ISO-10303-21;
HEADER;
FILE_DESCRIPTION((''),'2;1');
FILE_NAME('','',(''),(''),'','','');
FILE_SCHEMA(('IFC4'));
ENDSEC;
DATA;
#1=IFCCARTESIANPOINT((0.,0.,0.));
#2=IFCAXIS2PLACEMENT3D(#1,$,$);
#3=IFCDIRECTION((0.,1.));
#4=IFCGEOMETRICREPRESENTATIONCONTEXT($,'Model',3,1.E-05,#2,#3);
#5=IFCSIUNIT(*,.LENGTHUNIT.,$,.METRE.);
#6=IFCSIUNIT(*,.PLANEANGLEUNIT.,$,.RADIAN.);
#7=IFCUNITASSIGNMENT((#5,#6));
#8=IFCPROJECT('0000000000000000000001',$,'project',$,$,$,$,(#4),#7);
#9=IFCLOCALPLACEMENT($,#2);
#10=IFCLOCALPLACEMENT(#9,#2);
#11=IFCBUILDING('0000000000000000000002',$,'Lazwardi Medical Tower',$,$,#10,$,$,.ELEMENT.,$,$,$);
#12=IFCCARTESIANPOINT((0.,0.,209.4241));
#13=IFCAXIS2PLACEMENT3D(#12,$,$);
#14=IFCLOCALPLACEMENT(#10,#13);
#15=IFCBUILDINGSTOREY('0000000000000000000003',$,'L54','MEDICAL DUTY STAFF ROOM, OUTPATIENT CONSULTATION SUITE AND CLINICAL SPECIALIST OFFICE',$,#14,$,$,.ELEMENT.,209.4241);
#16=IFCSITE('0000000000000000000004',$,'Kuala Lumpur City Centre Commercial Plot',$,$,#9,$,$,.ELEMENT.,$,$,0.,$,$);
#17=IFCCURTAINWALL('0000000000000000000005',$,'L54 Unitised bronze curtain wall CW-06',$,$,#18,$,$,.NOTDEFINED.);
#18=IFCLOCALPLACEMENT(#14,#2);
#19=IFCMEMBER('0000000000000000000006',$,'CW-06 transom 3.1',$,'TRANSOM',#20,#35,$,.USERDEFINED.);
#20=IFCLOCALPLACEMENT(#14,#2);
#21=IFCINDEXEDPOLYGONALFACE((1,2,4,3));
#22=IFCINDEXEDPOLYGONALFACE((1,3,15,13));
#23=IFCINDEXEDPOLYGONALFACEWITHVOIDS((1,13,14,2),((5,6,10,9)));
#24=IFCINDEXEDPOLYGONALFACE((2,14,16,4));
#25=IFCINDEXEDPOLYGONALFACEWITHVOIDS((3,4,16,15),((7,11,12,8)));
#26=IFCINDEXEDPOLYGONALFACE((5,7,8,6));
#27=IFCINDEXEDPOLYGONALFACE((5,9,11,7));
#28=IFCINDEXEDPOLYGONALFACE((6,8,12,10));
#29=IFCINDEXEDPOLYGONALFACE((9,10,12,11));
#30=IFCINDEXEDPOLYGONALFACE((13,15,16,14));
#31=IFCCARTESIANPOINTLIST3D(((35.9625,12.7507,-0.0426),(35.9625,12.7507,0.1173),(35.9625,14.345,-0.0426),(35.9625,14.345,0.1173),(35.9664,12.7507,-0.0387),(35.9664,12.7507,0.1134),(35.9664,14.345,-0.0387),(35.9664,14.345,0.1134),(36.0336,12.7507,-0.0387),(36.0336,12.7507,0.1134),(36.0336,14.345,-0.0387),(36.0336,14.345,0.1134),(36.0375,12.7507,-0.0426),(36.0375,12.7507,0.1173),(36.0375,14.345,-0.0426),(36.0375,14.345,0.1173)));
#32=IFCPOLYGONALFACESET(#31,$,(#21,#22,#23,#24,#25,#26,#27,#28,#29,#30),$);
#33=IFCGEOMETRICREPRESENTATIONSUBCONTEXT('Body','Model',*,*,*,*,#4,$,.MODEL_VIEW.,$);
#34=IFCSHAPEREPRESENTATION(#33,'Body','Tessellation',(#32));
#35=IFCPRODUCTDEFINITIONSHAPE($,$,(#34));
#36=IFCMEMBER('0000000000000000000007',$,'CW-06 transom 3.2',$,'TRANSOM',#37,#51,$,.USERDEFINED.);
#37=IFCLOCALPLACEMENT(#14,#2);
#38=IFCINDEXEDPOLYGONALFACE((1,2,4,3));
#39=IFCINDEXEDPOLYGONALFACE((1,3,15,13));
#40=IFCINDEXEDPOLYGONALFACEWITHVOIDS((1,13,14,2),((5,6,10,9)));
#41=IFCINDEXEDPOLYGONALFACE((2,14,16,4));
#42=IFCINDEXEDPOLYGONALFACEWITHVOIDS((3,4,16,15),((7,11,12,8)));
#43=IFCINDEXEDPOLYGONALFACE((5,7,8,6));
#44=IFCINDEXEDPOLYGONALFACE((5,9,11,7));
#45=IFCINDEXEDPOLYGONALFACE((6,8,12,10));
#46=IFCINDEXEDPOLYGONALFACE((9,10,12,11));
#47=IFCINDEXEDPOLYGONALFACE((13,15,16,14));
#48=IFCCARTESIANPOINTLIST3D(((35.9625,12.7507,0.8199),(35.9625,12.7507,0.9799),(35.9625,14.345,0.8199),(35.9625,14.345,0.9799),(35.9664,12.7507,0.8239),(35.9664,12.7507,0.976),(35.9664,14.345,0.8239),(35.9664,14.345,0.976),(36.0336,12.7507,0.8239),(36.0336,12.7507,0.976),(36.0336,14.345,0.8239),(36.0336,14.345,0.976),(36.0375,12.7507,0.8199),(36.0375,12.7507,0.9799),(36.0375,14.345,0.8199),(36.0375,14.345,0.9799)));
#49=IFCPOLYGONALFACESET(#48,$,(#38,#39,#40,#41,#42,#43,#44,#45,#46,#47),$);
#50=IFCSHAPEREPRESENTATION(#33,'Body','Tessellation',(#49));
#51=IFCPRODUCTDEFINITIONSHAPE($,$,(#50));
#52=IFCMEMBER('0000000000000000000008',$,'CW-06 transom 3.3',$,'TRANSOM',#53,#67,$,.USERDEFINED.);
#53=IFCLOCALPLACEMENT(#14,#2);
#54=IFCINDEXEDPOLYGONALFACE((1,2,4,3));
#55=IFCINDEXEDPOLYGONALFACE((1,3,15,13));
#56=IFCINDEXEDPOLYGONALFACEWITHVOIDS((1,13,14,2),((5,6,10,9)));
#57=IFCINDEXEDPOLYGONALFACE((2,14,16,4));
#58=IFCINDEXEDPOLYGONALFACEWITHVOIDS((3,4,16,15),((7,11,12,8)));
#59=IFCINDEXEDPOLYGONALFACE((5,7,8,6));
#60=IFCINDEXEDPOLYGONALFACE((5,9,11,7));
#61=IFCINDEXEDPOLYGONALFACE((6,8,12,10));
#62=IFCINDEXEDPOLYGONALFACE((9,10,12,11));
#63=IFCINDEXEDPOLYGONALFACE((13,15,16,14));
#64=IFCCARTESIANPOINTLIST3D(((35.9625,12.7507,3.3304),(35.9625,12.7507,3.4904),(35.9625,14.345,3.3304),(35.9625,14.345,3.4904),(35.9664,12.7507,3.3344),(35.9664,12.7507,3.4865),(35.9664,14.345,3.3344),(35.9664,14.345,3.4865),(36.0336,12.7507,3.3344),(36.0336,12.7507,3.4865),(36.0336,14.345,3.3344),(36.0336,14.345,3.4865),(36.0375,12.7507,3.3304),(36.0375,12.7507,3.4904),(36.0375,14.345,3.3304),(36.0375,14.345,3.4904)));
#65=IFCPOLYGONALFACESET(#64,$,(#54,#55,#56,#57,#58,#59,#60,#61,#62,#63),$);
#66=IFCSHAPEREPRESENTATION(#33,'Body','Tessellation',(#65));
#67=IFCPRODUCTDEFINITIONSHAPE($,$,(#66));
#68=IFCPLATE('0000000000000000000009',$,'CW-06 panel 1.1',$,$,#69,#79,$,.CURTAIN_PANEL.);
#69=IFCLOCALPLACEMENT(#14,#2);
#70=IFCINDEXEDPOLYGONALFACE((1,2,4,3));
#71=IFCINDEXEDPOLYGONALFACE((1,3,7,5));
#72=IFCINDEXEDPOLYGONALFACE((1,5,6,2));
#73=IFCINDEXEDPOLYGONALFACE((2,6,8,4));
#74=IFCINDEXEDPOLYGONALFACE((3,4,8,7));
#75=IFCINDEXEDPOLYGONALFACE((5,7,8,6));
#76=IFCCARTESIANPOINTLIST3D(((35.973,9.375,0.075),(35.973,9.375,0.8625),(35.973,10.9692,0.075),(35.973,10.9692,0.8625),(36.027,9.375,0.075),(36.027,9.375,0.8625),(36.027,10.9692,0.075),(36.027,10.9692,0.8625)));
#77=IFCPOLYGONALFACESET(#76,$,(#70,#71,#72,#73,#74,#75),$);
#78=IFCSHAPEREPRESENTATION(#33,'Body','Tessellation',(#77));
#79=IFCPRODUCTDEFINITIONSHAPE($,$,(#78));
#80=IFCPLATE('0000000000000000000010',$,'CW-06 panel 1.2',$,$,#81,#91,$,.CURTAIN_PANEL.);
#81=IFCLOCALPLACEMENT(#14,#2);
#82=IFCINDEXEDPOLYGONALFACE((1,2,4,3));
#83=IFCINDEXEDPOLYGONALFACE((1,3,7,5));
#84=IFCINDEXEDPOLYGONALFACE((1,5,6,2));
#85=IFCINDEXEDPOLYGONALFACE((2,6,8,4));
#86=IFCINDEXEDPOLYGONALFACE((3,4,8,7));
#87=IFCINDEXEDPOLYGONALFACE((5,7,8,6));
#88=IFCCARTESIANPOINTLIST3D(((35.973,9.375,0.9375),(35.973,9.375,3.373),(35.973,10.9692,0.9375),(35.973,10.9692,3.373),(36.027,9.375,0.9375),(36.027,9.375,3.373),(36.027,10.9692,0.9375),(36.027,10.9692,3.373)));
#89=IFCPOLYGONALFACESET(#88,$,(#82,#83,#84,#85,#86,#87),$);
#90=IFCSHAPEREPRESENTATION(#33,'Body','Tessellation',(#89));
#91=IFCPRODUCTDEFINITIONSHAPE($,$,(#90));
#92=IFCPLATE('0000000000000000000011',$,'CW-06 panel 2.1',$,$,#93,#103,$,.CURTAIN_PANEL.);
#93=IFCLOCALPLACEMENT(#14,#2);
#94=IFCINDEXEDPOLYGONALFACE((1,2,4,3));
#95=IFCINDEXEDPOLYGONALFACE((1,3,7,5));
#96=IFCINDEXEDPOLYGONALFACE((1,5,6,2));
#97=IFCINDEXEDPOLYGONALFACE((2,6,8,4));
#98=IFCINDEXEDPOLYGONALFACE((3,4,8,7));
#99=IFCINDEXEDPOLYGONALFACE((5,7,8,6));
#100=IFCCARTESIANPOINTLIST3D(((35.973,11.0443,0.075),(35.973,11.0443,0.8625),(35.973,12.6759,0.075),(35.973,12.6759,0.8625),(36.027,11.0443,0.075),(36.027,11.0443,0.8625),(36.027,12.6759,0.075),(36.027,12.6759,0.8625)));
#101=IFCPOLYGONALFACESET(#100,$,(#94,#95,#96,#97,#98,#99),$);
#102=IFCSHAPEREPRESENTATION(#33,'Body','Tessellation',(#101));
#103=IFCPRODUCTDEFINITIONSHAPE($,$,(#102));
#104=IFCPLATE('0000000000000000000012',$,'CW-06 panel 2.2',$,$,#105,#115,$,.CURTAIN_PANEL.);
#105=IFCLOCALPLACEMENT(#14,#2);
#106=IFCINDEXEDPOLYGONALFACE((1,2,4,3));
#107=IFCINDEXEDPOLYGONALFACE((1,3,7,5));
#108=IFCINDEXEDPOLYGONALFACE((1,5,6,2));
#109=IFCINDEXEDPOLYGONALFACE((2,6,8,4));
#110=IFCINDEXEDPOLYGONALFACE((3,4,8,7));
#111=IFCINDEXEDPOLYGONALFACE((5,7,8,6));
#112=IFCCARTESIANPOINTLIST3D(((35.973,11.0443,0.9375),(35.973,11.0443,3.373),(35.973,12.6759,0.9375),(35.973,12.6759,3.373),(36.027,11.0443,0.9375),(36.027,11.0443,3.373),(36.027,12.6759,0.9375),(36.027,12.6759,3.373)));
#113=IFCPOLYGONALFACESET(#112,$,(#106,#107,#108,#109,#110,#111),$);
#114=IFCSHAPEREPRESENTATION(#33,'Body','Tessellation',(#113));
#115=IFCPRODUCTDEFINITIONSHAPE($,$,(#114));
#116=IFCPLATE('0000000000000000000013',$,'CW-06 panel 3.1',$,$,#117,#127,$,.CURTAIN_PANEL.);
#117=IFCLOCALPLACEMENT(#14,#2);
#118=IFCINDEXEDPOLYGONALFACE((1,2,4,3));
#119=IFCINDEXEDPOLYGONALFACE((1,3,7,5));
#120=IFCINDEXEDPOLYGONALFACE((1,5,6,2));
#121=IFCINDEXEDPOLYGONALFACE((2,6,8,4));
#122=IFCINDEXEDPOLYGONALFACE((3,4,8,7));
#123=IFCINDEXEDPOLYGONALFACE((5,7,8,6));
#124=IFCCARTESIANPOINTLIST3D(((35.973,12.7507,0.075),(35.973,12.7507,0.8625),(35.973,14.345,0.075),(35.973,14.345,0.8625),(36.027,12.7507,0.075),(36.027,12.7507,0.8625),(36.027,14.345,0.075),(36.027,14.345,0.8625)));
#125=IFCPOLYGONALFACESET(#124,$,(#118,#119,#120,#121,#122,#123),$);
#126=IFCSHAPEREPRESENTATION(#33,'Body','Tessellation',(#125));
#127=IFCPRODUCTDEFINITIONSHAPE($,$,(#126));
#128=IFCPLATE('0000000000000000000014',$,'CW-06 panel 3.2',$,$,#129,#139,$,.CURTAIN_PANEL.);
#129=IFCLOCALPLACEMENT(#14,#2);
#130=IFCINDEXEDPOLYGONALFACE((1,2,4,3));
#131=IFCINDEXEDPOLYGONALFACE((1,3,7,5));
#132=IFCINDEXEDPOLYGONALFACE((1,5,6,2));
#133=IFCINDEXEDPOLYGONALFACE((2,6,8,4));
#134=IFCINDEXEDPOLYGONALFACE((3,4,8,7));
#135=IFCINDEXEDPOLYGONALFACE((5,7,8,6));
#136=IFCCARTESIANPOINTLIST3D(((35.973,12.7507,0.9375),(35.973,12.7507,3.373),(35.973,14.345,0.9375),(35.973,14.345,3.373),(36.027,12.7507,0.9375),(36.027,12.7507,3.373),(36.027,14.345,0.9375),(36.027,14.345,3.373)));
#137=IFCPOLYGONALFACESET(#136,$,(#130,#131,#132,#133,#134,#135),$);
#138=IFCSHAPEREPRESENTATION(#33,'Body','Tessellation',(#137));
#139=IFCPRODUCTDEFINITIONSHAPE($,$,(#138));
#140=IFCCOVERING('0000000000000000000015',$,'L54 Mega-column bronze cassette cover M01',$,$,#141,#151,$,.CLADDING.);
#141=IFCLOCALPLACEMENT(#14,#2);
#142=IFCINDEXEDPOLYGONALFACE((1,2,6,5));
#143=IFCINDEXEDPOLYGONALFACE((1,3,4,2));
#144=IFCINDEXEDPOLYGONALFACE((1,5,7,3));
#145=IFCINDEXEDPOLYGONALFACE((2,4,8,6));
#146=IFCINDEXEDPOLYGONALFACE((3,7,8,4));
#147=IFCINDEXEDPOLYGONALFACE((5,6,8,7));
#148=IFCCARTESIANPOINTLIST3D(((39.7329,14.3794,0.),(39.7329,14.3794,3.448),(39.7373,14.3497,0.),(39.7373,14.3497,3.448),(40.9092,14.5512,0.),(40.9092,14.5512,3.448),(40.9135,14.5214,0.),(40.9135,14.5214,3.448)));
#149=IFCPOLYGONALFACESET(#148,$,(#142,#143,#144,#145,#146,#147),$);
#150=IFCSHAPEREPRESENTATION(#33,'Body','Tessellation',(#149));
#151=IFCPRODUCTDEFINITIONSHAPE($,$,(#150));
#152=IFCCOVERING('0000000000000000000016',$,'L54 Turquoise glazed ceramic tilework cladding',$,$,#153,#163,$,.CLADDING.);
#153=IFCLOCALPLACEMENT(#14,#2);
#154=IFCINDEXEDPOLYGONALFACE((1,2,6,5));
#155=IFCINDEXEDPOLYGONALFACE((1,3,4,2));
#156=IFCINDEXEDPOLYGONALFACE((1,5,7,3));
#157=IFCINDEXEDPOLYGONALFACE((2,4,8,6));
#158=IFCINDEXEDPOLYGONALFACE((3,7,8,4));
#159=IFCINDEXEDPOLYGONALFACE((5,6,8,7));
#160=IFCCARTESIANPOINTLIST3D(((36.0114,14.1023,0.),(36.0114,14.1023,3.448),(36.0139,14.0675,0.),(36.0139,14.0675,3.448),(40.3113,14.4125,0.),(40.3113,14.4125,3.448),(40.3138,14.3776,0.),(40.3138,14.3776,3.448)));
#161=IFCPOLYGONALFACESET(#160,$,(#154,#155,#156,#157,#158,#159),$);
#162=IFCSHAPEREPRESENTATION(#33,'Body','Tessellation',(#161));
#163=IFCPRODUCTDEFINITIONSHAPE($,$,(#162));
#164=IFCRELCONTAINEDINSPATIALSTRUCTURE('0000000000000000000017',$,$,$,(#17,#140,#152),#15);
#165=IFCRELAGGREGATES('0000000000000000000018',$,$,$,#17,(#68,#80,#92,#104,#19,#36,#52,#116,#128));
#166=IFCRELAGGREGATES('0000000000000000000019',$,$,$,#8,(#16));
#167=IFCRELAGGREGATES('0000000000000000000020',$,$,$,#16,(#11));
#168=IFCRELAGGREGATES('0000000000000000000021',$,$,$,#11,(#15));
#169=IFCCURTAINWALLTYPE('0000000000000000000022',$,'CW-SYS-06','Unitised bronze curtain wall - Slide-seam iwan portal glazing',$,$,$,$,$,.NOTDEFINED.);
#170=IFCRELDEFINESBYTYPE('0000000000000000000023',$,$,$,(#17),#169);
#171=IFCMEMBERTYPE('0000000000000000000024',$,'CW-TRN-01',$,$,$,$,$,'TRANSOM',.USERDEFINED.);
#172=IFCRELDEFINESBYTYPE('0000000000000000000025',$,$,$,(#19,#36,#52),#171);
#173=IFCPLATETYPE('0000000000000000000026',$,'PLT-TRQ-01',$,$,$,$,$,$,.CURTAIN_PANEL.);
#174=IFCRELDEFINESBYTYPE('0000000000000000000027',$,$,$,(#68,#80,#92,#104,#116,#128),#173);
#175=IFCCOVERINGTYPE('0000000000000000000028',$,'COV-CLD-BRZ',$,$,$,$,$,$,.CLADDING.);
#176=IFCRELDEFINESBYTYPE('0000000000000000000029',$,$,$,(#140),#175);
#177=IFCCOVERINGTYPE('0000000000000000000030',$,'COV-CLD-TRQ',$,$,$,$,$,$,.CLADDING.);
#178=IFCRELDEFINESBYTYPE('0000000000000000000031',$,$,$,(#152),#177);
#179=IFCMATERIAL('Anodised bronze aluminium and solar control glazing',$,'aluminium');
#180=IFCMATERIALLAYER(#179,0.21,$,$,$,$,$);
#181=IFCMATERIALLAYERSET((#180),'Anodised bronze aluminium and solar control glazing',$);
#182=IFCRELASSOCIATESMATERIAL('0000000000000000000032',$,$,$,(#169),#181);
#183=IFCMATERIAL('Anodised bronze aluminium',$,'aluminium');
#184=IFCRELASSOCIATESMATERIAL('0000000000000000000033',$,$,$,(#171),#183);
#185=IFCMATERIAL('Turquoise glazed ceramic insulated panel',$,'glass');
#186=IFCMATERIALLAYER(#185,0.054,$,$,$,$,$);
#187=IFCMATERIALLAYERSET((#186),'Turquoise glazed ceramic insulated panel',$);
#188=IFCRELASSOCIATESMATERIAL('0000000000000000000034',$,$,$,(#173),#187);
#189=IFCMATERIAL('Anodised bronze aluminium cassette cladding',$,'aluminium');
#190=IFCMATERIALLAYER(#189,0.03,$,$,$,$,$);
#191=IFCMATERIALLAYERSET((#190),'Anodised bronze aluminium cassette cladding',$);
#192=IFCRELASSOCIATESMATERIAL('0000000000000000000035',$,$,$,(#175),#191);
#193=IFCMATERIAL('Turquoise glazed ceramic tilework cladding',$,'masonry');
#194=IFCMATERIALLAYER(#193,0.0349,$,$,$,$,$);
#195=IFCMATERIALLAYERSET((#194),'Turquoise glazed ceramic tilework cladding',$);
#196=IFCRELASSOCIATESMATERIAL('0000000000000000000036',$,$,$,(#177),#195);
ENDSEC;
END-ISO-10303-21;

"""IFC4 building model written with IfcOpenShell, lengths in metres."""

from ifc_helpers import new_model, si_unit, direction, frame, origin, origin_2d, place, context, subcontext, project, spatial, rectangle, hollow_rectangle, extrude, material, layer, layer_set, material_profile, profile_set, type_object, element, aggregate, save


model = new_model("IFC4")

# Units and contexts
model_context = context("Model", 3, precision=1e-05, world=origin(), true_north=direction((0.0, 1.0)))
body_context = subcontext(model_context, "Body", "Model", "MODEL_VIEW")
ifc_project = project(units=[si_unit("LENGTHUNIT", "METRE"), si_unit("PLANEANGLEUNIT", "RADIAN")], contexts=[model_context])

# Site, building, storey
site_placement = place(None, origin())
site = spatial("IfcSite", under=ifc_project, at=site_placement, Name="Kuala Lumpur City Centre Commercial Plot", CompositionType="ELEMENT", RefElevation=0.0)
building_placement = place(site_placement, origin())
building = spatial("IfcBuilding", under=site, at=building_placement, Name="Lazwardi Medical Tower", CompositionType="ELEMENT")
storey_placement = place(building_placement, frame((0.0, 0.0, 209.4241)))
storey = spatial("IfcBuildingStorey", under=building, at=storey_placement, Name="L54", Description="MEDICAL DUTY STAFF ROOM, OUTPATIENT CONSULTATION SUITE AND CLINICAL SPECIALIST OFFICE", CompositionType="ELEMENT", Elevation=209.4241)

# Curtain wall
ifc_material_1 = material(Name="Anodised bronze aluminium and solar control glazing", Category="aluminium")
ifc_layer_1 = layer(ifc_material_1, 0.21)
ifc_layer_set_1 = layer_set([ifc_layer_1], Name="Anodised bronze aluminium and solar control glazing")
curtain_wall_type_1 = type_object("IfcCurtainWallType", Name="CW-SYS-06", Description="Unitised bronze curtain wall - Slide-seam iwan portal glazing", PredefinedType="NOTDEFINED", material=ifc_layer_set_1)
curtain_wall_1_placement = place(storey_placement, origin())
curtain_wall_1 = element("IfcCurtainWall", 1, at=curtain_wall_1_placement, inside=storey, type_object=curtain_wall_type_1, Name="L54 Unitised bronze curtain wall CW-06", PredefinedType="NOTDEFINED")
ifc_material_2 = material(Name="Anodised bronze aluminium", Category="aluminium")

# Members
ifc_material_profile_1 = material_profile(ifc_material_2, hollow_rectangle(XDim=0.075, YDim=0.1599, WallThickness=0.0039, at=origin_2d()), Name="ALU-TRANSOM 160x75x4")
ifc_profile_set_1 = profile_set([ifc_material_profile_1], Name="Anodised bronze aluminium")
member_type_1 = type_object("IfcMemberType", Name="CW-TRN-01", ElementType="TRANSOM", PredefinedType="USERDEFINED", material=ifc_profile_set_1)
member_1_placement = place(storey_placement, frame((36.0, 12.7507, 0.0374), z_axis=(0.0, 1.0, 0.0), x_axis=(-1.0, 0.0, 0.0)))
member_1 = element("IfcMember", 2, at=member_1_placement, type_object=member_type_1, Name="CW-06 transom 3.1", ObjectType="TRANSOM", PredefinedType="USERDEFINED", context=body_context, shape_type="SweptSolid", body=[
    extrude(hollow_rectangle(XDim=0.075, YDim=0.1599, WallThickness=0.0039, at=origin_2d()), origin(), (0.0, 0.0, 1.0), 1.5942),
])
member_2_placement = place(storey_placement, frame((36.0, 12.7507, 0.8999), z_axis=(0.0, 1.0, 0.0), x_axis=(-1.0, 0.0, 0.0)))
member_2 = element("IfcMember", 3, at=member_2_placement, type_object=member_type_1, Name="CW-06 transom 3.2", ObjectType="TRANSOM", PredefinedType="USERDEFINED", context=body_context, shape_type="SweptSolid", body=[
    extrude(hollow_rectangle(XDim=0.075, YDim=0.1599, WallThickness=0.0039, at=origin_2d()), origin(), (0.0, 0.0, 1.0), 1.5942),
])
member_3_placement = place(storey_placement, frame((36.0, 12.7507, 3.4104), z_axis=(0.0, 1.0, 0.0), x_axis=(-1.0, 0.0, 0.0)))
member_3 = element("IfcMember", 4, at=member_3_placement, type_object=member_type_1, Name="CW-06 transom 3.3", ObjectType="TRANSOM", PredefinedType="USERDEFINED", context=body_context, shape_type="SweptSolid", body=[
    extrude(hollow_rectangle(XDim=0.075, YDim=0.1599, WallThickness=0.0039, at=origin_2d()), origin(), (0.0, 0.0, 1.0), 1.5942),
])

# Plates
ifc_material_3 = material(Name="Turquoise glazed ceramic insulated panel", Category="glass")
ifc_layer_2 = layer(ifc_material_3, 0.054)
ifc_layer_set_2 = layer_set([ifc_layer_2], Name="Turquoise glazed ceramic insulated panel")
plate_type = type_object("IfcPlateType", Name="PLT-TRQ-01", PredefinedType="CURTAIN_PANEL", material=ifc_layer_set_2)
plate_1_placement = place(storey_placement, frame((36.0, 10.1721, 0.075), z_axis=(0.0, 0.0, 1.0), x_axis=(0.0, 1.0, 0.0)))
plate_1 = element("IfcPlate", 5, at=plate_1_placement, type_object=plate_type, Name="CW-06 panel 1.1", PredefinedType="CURTAIN_PANEL", context=body_context, shape_type="SweptSolid", body=[
    extrude(rectangle(XDim=1.5942, YDim=0.054, at=origin_2d()), origin(), (0.0, 0.0, 1.0), 0.7876),
])
plate_2_placement = place(storey_placement, frame((36.0, 10.1721, 0.9375), z_axis=(0.0, 0.0, 1.0), x_axis=(0.0, 1.0, 0.0)))
plate_2 = element("IfcPlate", 6, at=plate_2_placement, type_object=plate_type, Name="CW-06 panel 1.2", PredefinedType="CURTAIN_PANEL", context=body_context, shape_type="SweptSolid", body=[
    extrude(rectangle(XDim=1.5942, YDim=0.054, at=origin_2d()), origin(), (0.0, 0.0, 1.0), 2.4355),
])
plate_3_placement = place(storey_placement, frame((36.0, 11.8601, 0.075), z_axis=(0.0, 0.0, 1.0), x_axis=(0.0, 1.0, 0.0)))
plate_3 = element("IfcPlate", 7, at=plate_3_placement, type_object=plate_type, Name="CW-06 panel 2.1", PredefinedType="CURTAIN_PANEL", context=body_context, shape_type="SweptSolid", body=[
    extrude(rectangle(XDim=1.6316, YDim=0.054, at=origin_2d()), origin(), (0.0, 0.0, 1.0), 0.7876),
])
plate_4_placement = place(storey_placement, frame((36.0, 11.8601, 0.9375), z_axis=(0.0, 0.0, 1.0), x_axis=(0.0, 1.0, 0.0)))
plate_4 = element("IfcPlate", 8, at=plate_4_placement, type_object=plate_type, Name="CW-06 panel 2.2", PredefinedType="CURTAIN_PANEL", context=body_context, shape_type="SweptSolid", body=[
    extrude(rectangle(XDim=1.6316, YDim=0.054, at=origin_2d()), origin(), (0.0, 0.0, 1.0), 2.4355),
])
plate_5_placement = place(storey_placement, frame((36.0, 13.5479, 0.075), z_axis=(0.0, 0.0, 1.0), x_axis=(0.0, 1.0, 0.0)))
plate_5 = element("IfcPlate", 9, at=plate_5_placement, type_object=plate_type, Name="CW-06 panel 3.1", PredefinedType="CURTAIN_PANEL", context=body_context, shape_type="SweptSolid", body=[
    extrude(rectangle(XDim=1.5942, YDim=0.054, at=origin_2d()), origin(), (0.0, 0.0, 1.0), 0.7876),
])
plate_6_placement = place(storey_placement, frame((36.0, 13.5479, 0.9375), z_axis=(0.0, 0.0, 1.0), x_axis=(0.0, 1.0, 0.0)))
plate_6 = element("IfcPlate", 10, at=plate_6_placement, type_object=plate_type, Name="CW-06 panel 3.2", PredefinedType="CURTAIN_PANEL", context=body_context, shape_type="SweptSolid", body=[
    extrude(rectangle(XDim=1.5942, YDim=0.054, at=origin_2d()), origin(), (0.0, 0.0, 1.0), 2.4355),
])
aggregate(curtain_wall_1, [plate_1, plate_2, plate_3, plate_4, member_1, member_2, member_3, plate_5, plate_6])

# Coverings
ifc_material_4 = material(Name="Anodised bronze aluminium cassette cladding", Category="aluminium")
ifc_layer_3 = layer(ifc_material_4, 0.03)
ifc_layer_set_3 = layer_set([ifc_layer_3], Name="Anodised bronze aluminium cassette cladding")
covering_type_1 = type_object("IfcCoveringType", Name="COV-CLD-BRZ", PredefinedType="CLADDING", material=ifc_layer_set_3)
covering_1_placement = place(storey_placement, frame((40.3232, 14.4504, 0.0), z_axis=(0.0, 0.0, 1.0), x_axis=(0.989512, 0.144448, 0.0)))
element("IfcCovering", 11, at=covering_1_placement, inside=storey, type_object=covering_type_1, Name="L54 Mega-column bronze cassette cover M01", PredefinedType="CLADDING", context=body_context, shape_type="SweptSolid", body=[
    extrude(rectangle(XDim=1.1887, YDim=0.03, at=origin_2d()), origin(), (0.0, 0.0, 1.0), 3.448),
])
ifc_material_5 = material(Name="Turquoise glazed ceramic tilework cladding", Category="masonry")
ifc_layer_4 = layer(ifc_material_5, 0.0349)
ifc_layer_set_4 = layer_set([ifc_layer_4], Name="Turquoise glazed ceramic tilework cladding")
covering_type_2 = type_object("IfcCoveringType", Name="COV-CLD-TRQ", PredefinedType="CLADDING", material=ifc_layer_set_4)
covering_2_placement = place(storey_placement, frame((38.1626, 14.24, 0.0), z_axis=(0.0, 0.0, 1.0), x_axis=(0.997409, 0.071933, 0.0)))
element("IfcCovering", 12, at=covering_2_placement, inside=storey, type_object=covering_type_2, Name="L54 Turquoise glazed ceramic tilework cladding", PredefinedType="CLADDING", context=body_context, shape_type="SweptSolid", body=[
    extrude(rectangle(XDim=4.311, YDim=0.0349, at=origin_2d()), origin(), (0.0, 0.0, 1.0), 3.448),
])

save(model, "model.ifc")
